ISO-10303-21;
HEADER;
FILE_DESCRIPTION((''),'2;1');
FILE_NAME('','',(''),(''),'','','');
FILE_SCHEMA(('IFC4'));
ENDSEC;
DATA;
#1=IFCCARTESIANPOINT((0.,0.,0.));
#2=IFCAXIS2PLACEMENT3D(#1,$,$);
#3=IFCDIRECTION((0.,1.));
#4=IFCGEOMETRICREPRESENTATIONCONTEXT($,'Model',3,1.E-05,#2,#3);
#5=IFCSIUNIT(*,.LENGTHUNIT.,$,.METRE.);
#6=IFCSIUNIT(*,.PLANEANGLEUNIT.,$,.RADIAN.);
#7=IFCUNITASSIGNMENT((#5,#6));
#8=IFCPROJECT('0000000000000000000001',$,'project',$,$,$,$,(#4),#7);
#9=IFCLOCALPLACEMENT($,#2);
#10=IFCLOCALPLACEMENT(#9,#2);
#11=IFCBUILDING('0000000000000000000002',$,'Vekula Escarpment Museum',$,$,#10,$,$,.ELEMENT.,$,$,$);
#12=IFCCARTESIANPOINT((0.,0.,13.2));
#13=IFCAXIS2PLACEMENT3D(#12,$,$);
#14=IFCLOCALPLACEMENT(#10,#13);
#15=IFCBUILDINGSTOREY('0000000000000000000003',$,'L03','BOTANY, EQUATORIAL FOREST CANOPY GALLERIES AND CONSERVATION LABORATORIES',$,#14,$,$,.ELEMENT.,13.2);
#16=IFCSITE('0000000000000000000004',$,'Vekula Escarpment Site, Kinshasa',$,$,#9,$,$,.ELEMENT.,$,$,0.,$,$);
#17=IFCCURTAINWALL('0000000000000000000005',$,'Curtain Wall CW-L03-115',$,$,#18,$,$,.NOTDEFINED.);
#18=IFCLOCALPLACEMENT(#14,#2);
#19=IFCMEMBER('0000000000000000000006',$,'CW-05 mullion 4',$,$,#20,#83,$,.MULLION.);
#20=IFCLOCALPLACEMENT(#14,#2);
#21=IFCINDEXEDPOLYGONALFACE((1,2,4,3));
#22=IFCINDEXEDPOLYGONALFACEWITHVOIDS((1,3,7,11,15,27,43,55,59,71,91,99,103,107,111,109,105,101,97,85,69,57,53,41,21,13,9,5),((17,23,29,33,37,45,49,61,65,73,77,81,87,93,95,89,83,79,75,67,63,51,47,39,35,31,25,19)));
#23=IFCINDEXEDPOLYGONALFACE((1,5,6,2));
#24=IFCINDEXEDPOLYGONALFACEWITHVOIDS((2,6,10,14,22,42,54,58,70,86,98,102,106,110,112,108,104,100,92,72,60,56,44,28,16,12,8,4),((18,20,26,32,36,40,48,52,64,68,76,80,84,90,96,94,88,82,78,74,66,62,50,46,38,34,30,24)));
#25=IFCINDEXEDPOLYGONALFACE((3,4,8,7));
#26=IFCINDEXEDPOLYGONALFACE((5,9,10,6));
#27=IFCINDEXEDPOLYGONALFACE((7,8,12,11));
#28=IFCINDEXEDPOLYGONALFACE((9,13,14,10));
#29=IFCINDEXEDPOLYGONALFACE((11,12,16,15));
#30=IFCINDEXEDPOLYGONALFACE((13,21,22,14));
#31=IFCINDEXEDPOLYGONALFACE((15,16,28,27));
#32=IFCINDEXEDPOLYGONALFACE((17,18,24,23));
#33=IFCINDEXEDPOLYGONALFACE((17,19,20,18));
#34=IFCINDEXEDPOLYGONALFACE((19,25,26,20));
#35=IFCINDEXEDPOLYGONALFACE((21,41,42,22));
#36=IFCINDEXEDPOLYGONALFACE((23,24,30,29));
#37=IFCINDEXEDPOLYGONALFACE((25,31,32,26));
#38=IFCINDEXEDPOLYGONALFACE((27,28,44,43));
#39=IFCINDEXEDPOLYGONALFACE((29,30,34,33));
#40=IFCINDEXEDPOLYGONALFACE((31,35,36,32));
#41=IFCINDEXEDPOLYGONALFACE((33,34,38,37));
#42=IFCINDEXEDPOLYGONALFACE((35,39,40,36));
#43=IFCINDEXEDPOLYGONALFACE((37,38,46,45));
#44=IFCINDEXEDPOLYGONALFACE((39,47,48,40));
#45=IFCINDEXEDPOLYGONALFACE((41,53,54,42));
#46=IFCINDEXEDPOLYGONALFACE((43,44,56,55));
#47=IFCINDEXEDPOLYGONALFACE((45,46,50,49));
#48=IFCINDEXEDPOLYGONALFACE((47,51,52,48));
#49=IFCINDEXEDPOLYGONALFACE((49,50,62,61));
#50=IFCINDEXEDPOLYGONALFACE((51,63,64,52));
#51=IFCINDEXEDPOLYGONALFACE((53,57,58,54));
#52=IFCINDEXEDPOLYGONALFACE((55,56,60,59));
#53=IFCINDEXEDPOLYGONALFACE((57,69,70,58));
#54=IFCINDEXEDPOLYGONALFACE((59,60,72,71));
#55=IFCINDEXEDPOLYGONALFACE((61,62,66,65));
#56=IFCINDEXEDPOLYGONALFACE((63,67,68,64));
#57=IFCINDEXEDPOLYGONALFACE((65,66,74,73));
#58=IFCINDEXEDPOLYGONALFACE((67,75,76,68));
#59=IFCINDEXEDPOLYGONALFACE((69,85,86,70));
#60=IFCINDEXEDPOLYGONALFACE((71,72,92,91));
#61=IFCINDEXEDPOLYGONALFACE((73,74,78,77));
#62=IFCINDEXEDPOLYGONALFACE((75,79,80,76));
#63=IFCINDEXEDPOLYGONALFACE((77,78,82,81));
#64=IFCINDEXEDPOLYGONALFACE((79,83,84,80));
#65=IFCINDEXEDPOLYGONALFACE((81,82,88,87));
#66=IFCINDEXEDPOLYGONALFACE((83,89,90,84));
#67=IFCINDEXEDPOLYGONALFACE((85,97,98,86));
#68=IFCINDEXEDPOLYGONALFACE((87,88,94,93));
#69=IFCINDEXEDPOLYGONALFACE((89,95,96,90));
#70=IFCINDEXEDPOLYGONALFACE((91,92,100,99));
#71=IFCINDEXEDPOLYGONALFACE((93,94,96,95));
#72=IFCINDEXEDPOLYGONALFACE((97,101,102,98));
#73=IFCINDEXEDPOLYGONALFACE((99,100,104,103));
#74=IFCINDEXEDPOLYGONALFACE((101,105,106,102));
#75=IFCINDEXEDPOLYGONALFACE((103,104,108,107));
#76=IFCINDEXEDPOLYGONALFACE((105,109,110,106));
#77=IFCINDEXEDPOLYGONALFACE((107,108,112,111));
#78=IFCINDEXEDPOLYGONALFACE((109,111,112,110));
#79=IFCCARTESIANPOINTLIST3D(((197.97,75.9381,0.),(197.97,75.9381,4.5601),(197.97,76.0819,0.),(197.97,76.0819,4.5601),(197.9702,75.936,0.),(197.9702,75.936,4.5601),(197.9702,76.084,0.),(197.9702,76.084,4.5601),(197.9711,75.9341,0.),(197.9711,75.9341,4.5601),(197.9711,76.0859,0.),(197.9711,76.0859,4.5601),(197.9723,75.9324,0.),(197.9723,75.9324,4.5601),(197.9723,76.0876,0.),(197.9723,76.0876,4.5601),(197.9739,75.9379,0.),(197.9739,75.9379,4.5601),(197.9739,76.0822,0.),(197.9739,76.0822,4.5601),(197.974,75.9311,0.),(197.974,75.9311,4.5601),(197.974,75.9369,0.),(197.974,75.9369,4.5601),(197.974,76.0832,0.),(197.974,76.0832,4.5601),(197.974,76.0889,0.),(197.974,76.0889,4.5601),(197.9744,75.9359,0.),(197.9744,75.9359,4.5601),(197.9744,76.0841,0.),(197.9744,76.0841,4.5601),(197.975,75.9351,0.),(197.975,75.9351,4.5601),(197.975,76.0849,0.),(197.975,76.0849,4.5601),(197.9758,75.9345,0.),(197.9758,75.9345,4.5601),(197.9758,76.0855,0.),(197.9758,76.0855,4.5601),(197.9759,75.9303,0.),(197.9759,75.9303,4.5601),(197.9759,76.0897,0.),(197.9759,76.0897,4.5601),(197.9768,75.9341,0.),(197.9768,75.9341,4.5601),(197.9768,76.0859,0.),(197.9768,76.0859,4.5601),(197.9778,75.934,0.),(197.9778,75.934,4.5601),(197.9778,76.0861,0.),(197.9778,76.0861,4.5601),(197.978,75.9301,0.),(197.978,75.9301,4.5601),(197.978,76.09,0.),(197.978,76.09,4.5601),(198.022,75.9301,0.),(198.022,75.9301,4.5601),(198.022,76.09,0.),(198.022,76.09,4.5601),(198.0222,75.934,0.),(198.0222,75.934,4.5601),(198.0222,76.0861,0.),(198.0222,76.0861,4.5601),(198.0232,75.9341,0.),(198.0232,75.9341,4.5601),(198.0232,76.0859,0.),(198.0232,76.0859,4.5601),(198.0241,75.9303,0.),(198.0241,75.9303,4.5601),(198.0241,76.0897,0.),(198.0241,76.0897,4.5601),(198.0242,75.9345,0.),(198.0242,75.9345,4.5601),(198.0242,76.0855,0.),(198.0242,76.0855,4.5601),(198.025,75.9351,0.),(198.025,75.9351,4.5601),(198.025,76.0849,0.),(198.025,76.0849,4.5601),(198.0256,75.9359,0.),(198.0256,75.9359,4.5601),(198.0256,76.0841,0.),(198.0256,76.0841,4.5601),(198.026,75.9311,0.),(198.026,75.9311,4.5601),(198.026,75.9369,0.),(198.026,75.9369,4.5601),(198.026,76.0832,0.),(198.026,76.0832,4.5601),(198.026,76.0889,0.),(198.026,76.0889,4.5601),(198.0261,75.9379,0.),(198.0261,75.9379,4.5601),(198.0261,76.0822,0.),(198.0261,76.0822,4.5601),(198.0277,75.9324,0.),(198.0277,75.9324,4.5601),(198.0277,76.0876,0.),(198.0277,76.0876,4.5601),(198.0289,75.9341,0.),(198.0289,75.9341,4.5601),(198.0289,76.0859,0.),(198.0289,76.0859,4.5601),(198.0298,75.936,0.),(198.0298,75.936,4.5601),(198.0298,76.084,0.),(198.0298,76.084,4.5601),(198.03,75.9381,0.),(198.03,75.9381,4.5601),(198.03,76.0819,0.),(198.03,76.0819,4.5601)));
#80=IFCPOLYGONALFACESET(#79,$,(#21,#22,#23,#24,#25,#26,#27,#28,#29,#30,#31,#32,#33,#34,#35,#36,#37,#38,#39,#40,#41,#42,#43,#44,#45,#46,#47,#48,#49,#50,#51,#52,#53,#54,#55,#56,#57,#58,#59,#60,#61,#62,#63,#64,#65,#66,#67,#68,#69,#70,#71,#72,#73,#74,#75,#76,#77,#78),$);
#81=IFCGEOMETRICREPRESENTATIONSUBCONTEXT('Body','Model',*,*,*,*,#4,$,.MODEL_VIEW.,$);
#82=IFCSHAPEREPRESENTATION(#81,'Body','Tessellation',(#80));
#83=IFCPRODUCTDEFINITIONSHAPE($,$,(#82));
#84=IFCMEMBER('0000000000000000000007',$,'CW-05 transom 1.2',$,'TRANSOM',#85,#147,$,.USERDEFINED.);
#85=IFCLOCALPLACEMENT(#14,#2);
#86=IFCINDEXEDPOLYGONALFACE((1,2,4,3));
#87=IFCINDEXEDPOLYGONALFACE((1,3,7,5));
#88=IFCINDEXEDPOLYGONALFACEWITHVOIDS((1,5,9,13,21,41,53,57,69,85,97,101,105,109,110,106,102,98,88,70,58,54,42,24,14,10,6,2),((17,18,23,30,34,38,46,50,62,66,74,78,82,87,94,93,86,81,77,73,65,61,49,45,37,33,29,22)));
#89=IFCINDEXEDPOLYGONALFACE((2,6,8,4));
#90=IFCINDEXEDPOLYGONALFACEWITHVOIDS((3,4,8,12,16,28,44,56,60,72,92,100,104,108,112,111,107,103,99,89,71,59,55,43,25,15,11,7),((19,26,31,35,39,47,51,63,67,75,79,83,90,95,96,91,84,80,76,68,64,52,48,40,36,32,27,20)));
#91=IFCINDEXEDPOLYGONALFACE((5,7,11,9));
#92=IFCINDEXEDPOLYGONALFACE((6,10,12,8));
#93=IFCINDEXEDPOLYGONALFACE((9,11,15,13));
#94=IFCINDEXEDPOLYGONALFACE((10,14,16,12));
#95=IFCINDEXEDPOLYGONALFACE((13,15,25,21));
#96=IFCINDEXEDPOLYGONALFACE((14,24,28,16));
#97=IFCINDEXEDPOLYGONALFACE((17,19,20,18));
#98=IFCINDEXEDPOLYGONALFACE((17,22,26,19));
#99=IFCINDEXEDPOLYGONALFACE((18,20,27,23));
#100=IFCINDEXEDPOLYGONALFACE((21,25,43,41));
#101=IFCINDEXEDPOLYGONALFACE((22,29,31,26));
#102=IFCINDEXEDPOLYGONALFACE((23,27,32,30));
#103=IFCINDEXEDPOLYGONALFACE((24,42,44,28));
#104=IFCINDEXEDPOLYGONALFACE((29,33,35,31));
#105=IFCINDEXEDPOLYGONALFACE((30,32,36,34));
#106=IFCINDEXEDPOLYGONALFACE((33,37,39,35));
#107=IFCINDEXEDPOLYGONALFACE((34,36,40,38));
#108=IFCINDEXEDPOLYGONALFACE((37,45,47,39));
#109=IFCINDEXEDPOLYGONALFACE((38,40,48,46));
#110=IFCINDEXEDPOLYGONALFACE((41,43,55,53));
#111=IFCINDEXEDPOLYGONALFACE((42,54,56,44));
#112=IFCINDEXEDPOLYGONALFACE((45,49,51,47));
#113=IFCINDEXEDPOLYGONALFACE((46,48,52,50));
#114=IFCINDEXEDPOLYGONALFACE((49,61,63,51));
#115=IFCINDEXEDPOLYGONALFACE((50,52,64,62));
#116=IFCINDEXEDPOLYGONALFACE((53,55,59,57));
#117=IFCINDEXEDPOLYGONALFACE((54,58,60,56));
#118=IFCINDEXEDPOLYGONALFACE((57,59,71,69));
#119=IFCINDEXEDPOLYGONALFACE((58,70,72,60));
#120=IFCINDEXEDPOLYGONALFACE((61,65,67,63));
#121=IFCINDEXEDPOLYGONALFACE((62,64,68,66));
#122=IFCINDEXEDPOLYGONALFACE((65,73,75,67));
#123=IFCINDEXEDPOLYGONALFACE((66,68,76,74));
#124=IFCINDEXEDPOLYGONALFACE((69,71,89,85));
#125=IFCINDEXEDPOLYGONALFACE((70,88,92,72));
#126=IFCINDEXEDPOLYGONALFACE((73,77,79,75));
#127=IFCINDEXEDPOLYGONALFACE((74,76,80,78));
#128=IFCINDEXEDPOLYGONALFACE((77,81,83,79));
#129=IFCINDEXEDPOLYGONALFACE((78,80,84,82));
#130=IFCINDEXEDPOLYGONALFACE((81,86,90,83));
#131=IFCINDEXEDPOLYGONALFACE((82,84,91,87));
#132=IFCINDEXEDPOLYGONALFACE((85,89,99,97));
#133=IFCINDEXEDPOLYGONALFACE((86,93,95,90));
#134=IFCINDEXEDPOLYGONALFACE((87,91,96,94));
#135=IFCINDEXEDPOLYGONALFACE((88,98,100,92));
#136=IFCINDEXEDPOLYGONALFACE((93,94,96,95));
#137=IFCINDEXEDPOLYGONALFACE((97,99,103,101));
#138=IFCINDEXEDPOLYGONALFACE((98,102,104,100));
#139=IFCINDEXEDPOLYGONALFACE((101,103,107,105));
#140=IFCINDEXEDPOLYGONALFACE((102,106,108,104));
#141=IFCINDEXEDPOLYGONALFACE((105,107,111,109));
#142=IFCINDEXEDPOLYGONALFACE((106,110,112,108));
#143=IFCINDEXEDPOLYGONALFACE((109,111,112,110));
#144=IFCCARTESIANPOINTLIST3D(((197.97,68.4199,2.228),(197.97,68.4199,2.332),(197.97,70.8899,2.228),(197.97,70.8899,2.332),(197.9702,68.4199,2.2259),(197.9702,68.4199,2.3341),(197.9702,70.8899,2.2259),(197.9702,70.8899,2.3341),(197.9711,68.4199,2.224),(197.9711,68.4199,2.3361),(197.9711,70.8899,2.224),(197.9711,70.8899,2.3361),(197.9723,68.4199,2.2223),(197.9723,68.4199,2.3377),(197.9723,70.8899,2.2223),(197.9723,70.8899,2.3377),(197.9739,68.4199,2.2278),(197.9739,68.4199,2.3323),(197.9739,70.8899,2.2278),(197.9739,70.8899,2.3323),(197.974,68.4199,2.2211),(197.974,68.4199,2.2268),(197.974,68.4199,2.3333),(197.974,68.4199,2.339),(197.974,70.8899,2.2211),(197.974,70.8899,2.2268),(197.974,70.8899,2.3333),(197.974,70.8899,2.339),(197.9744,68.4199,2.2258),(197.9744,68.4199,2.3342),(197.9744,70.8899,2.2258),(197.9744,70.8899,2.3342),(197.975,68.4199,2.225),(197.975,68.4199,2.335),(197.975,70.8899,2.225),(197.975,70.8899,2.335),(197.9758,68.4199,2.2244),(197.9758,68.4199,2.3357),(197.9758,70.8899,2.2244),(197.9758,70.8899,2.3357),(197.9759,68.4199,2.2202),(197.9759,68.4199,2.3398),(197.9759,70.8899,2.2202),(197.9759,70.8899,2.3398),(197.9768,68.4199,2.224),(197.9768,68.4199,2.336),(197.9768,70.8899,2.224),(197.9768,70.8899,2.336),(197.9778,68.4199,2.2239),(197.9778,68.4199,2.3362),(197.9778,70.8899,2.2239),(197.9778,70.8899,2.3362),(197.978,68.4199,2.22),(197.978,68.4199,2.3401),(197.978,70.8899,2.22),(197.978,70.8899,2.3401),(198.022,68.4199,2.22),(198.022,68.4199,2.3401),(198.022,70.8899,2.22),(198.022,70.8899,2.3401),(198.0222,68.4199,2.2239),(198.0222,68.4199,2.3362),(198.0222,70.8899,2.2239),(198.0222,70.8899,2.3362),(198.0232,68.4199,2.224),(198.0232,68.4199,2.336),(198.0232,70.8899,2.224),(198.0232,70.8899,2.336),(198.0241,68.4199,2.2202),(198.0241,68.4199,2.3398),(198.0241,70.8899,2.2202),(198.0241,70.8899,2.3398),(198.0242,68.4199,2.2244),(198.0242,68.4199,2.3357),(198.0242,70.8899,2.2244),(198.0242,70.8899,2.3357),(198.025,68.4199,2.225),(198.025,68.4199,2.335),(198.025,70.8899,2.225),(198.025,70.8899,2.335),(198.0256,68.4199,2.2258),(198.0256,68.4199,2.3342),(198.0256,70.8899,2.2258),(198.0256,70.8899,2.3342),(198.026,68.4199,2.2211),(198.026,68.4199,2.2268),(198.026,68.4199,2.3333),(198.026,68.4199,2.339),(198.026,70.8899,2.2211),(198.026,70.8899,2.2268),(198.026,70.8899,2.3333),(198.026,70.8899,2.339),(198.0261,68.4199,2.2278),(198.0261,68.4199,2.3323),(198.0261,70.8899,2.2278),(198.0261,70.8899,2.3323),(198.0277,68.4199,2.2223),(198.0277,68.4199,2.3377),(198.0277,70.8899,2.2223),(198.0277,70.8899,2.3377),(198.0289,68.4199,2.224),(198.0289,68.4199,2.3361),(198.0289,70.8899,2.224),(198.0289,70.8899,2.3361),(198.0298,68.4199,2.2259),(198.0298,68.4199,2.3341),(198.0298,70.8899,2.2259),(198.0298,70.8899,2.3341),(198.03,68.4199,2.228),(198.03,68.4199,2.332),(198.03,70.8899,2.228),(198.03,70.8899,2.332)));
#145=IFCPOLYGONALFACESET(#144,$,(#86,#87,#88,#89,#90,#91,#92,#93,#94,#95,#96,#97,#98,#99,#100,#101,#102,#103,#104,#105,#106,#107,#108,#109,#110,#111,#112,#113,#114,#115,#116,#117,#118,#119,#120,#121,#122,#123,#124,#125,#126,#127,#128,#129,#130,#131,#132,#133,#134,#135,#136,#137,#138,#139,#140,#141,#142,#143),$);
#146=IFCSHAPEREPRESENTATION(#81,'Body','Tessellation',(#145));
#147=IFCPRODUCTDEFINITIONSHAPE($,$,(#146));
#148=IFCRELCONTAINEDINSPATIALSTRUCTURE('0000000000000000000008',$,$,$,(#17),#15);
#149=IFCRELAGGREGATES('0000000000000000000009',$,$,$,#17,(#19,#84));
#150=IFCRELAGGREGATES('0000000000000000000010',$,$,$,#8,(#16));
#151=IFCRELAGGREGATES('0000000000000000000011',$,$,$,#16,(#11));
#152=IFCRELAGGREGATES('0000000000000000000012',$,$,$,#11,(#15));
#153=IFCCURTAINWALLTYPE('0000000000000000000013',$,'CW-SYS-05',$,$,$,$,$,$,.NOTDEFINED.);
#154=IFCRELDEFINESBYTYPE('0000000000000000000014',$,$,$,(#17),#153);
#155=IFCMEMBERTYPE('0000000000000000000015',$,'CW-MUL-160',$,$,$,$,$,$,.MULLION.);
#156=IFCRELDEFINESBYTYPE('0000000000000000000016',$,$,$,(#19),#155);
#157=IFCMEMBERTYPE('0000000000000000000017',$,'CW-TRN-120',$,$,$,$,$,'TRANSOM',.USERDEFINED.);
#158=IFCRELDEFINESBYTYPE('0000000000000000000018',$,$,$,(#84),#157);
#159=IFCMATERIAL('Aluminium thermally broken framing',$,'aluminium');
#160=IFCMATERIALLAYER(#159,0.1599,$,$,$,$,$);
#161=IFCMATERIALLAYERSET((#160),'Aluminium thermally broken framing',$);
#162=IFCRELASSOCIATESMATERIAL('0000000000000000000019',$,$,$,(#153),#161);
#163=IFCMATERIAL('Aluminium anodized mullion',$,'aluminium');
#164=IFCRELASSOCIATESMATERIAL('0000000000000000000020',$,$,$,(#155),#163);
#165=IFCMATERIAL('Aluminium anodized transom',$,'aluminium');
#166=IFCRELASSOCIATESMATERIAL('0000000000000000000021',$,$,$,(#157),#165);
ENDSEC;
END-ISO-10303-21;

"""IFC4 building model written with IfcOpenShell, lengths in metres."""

from ifc_helpers import new_model, si_unit, direction, frame, origin, origin_2d, place, context, subcontext, project, spatial, hollow_rectangle, extrude, material, layer, layer_set, material_profile, profile_set, type_object, element, aggregate, save


model = new_model("IFC4")

# Units and contexts
model_context = context("Model", 3, precision=1e-05, world=origin(), true_north=direction((0.0, 1.0)))
body_context = subcontext(model_context, "Body", "Model", "MODEL_VIEW")
ifc_project = project(units=[si_unit("LENGTHUNIT", "METRE"), si_unit("PLANEANGLEUNIT", "RADIAN")], contexts=[model_context])

# Site, building, storey
site_placement = place(None, origin())
site = spatial("IfcSite", under=ifc_project, at=site_placement, Name="Vekula Escarpment Site, Kinshasa", CompositionType="ELEMENT", RefElevation=0.0)
building_placement = place(site_placement, origin())
building = spatial("IfcBuilding", under=site, at=building_placement, Name="Vekula Escarpment Museum", CompositionType="ELEMENT")
storey_placement = place(building_placement, frame((0.0, 0.0, 13.2)))
storey = spatial("IfcBuildingStorey", under=building, at=storey_placement, Name="L03", Description="BOTANY, EQUATORIAL FOREST CANOPY GALLERIES AND CONSERVATION LABORATORIES", CompositionType="ELEMENT", Elevation=13.2)

# Curtain wall, members
ifc_material_1 = material(Name="Aluminium thermally broken framing", Category="aluminium")
ifc_layer_1 = layer(ifc_material_1, 0.1599)
ifc_layer_set_1 = layer_set([ifc_layer_1], Name="Aluminium thermally broken framing")
curtain_wall_type = type_object("IfcCurtainWallType", Name="CW-SYS-05", PredefinedType="NOTDEFINED", material=ifc_layer_set_1)
curtain_wall_placement = place(storey_placement, origin())
curtain_wall = element("IfcCurtainWall", 1, at=curtain_wall_placement, inside=storey, type_object=curtain_wall_type, Name="Curtain Wall CW-L03-115", PredefinedType="NOTDEFINED")
ifc_material_2 = material(Name="Aluminium anodized mullion", Category="aluminium")
ifc_material_profile_1 = material_profile(ifc_material_2, hollow_rectangle(XDim=0.0601, YDim=0.1599, WallThickness=0.0039, InnerFilletRadius=0.0039, OuterFilletRadius=0.0081, at=origin_2d()), Name="ALU 160x60x4")
ifc_profile_set_1 = profile_set([ifc_material_profile_1], Name="Aluminium anodized mullion")
member_type_1 = type_object("IfcMemberType", Name="CW-MUL-160", PredefinedType="MULLION", material=ifc_profile_set_1)
member_1_placement = place(storey_placement, frame((198.0, 76.01, 0.0), z_axis=(0.0, 0.0, 1.0), x_axis=(-1.0, 0.0, 0.0)))
member_1 = element("IfcMember", 2, at=member_1_placement, type_object=member_type_1, Name="CW-05 mullion 4", PredefinedType="MULLION", context=body_context, shape_type="SweptSolid", body=[
    extrude(hollow_rectangle(XDim=0.0601, YDim=0.1599, WallThickness=0.0039, InnerFilletRadius=0.0039, OuterFilletRadius=0.0081, at=origin_2d()), origin(), (0.0, 0.0, 1.0), 4.5601),
])
ifc_material_3 = material(Name="Aluminium anodized transom", Category="aluminium")
ifc_material_profile_2 = material_profile(ifc_material_3, hollow_rectangle(XDim=0.0601, YDim=0.1201, WallThickness=0.0039, InnerFilletRadius=0.0039, OuterFilletRadius=0.0081, at=origin_2d()), Name="ALU 120x60x4")
ifc_profile_set_2 = profile_set([ifc_material_profile_2], Name="Aluminium anodized transom")
member_type_2 = type_object("IfcMemberType", Name="CW-TRN-120", ElementType="TRANSOM", PredefinedType="USERDEFINED", material=ifc_profile_set_2)
member_2_placement = place(storey_placement, frame((198.0, 68.4199, 2.28), z_axis=(0.0, 1.0, 0.0), x_axis=(-1.0, 0.0, 0.0)))
member_2 = element("IfcMember", 3, at=member_2_placement, type_object=member_type_2, Name="CW-05 transom 1.2", ObjectType="TRANSOM", PredefinedType="USERDEFINED", context=body_context, shape_type="SweptSolid", body=[
    extrude(hollow_rectangle(XDim=0.0601, YDim=0.1201, WallThickness=0.0039, InnerFilletRadius=0.0039, OuterFilletRadius=0.0081, at=origin_2d()), origin(), (0.0, 0.0, 1.0), 2.47),
])
aggregate(curtain_wall, [member_1, member_2])

save(model, "model.ifc")
